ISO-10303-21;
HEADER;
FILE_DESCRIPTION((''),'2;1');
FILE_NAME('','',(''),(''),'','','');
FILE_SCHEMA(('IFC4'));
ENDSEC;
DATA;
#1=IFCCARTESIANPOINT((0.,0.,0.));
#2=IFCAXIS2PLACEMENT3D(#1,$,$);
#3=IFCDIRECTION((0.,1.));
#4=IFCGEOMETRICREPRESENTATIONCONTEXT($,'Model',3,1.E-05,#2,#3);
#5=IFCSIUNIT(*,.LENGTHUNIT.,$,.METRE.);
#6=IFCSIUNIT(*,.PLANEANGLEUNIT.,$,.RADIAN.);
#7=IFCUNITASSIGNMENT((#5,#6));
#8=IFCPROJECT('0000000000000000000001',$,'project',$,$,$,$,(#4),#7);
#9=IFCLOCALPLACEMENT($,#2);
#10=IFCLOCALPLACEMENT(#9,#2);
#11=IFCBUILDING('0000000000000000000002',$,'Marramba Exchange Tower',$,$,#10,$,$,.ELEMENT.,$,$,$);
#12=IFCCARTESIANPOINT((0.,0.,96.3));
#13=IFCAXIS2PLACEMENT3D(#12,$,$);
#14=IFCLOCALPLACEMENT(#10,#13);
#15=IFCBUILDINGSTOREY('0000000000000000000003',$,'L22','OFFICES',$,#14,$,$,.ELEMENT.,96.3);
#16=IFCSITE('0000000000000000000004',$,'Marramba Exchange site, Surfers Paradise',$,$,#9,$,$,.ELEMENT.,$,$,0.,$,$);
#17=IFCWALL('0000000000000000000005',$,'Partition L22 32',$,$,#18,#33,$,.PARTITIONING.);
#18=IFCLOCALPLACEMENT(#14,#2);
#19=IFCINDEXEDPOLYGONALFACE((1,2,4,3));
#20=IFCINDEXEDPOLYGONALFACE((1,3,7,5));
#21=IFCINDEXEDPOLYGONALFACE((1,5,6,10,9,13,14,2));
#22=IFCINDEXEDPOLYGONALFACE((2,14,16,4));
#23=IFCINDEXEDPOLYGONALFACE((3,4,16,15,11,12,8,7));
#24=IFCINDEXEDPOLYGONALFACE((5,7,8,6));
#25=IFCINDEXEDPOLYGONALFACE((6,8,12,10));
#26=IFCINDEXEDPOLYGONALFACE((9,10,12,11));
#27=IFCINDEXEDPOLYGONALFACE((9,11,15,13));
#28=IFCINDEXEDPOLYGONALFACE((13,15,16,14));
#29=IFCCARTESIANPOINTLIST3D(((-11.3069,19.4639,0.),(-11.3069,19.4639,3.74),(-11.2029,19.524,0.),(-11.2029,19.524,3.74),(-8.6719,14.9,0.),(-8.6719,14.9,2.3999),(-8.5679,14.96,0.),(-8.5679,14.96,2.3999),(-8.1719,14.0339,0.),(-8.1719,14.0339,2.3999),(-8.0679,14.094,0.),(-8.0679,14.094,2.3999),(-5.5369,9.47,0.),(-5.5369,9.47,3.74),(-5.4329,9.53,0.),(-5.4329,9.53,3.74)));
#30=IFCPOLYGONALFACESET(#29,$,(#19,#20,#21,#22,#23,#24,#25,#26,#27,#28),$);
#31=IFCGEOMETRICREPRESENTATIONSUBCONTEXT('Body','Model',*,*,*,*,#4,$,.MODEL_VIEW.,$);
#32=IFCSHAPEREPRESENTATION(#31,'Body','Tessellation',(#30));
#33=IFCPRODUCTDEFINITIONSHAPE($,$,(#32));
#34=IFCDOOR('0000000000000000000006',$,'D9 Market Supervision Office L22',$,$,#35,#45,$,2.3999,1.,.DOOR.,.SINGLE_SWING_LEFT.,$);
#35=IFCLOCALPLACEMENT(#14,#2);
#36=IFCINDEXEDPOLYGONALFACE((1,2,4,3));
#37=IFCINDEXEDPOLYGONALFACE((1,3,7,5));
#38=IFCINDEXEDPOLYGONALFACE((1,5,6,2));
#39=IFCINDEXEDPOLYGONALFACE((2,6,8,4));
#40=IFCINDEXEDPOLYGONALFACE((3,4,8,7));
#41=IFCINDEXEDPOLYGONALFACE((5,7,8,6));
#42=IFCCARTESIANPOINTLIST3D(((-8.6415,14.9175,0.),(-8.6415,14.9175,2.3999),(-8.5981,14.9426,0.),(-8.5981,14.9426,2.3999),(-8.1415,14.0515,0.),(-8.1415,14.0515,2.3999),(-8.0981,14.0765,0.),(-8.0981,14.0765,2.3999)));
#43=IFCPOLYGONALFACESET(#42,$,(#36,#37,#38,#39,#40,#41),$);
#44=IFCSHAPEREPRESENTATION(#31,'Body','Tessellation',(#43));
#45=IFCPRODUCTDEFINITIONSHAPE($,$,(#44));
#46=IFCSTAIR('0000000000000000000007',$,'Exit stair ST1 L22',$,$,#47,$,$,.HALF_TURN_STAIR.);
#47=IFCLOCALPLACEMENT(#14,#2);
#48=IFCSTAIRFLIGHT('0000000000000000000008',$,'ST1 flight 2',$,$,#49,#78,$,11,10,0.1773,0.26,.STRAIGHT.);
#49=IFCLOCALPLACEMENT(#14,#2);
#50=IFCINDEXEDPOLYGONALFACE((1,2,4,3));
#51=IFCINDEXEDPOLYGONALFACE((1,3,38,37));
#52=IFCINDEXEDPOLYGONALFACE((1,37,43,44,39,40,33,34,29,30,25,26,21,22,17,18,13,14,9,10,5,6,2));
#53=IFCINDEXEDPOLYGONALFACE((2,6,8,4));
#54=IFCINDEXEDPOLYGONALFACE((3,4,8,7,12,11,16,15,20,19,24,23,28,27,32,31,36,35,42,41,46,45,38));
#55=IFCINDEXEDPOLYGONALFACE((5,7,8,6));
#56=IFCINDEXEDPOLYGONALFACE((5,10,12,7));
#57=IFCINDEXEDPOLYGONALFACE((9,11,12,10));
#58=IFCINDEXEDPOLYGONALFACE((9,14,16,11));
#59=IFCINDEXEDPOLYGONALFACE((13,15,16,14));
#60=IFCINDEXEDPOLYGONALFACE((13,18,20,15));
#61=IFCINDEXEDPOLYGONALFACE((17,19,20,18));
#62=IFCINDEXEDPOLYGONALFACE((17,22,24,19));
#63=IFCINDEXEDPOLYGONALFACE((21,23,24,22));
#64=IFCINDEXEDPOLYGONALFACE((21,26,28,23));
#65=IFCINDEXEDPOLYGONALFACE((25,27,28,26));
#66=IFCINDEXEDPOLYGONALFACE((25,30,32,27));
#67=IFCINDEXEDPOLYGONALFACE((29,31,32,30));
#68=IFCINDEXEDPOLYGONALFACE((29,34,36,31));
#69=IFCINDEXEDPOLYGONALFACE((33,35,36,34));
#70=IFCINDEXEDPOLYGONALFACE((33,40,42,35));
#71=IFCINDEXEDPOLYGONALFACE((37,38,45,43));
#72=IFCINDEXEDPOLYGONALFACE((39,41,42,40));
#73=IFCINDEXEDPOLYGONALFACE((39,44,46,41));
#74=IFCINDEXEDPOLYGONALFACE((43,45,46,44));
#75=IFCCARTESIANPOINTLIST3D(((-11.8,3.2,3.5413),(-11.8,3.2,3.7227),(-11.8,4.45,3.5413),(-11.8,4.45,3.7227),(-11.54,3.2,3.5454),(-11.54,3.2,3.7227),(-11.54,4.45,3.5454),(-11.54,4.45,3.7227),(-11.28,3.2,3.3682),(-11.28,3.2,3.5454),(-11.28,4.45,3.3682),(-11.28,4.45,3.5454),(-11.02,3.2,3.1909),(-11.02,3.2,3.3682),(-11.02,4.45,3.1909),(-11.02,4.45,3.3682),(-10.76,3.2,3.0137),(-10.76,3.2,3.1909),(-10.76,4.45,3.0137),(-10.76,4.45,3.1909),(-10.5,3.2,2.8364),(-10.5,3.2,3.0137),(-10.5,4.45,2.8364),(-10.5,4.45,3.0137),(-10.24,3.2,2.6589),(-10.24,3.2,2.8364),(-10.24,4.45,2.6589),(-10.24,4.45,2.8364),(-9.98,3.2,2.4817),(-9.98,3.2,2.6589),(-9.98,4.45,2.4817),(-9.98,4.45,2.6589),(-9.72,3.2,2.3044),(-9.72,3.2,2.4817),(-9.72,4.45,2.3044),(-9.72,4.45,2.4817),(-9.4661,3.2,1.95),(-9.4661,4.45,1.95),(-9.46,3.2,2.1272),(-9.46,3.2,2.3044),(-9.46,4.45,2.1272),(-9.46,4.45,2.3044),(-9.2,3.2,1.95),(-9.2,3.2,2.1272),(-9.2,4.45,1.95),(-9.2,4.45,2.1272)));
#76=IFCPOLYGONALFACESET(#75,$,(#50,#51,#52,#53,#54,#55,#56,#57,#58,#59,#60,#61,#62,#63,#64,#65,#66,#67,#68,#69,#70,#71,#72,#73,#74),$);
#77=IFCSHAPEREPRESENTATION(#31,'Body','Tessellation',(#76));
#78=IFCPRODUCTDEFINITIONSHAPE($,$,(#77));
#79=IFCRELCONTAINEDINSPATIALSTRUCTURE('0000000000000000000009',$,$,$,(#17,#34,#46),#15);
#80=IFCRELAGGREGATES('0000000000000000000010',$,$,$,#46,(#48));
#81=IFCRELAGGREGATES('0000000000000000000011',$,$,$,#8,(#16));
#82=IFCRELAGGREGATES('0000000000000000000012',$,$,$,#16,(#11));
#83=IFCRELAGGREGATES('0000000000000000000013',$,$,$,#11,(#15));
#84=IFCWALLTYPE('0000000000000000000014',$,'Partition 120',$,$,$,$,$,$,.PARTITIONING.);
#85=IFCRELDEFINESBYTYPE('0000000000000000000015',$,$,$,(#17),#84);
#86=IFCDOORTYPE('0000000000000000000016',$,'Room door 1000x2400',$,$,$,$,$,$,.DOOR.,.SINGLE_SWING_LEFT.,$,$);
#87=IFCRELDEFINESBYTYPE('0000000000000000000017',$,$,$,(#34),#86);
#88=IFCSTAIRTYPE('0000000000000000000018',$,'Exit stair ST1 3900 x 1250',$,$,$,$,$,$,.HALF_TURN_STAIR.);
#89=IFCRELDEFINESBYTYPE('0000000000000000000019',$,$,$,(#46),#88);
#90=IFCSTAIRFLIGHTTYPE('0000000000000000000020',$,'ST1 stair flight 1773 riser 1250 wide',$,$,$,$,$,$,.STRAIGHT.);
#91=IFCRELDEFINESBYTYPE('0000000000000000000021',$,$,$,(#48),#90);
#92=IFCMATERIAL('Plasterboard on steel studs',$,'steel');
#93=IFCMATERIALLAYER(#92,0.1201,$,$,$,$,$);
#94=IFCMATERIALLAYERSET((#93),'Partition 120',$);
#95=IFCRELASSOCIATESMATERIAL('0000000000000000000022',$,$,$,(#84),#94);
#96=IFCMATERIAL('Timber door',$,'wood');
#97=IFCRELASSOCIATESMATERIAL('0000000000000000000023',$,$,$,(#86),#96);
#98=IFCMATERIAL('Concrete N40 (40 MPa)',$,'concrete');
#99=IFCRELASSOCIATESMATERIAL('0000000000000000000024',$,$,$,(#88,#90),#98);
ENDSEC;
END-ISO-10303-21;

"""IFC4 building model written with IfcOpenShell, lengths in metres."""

from ifc_helpers import new_model, si_unit, direction, frame, frame_2d, origin, place, context, subcontext, project, spatial, polyline, rectangle, outline, extrude, material, layer, layer_set, type_object, element, fill, aggregate, save


model = new_model("IFC4")

# Units and contexts
model_context = context("Model", 3, precision=1e-05, world=origin(), true_north=direction((0.0, 1.0)))
body_context = subcontext(model_context, "Body", "Model", "MODEL_VIEW")
ifc_project = project(units=[si_unit("LENGTHUNIT", "METRE"), si_unit("PLANEANGLEUNIT", "RADIAN")], contexts=[model_context])

# Site, building, storey
site_placement = place(None, origin())
site = spatial("IfcSite", under=ifc_project, at=site_placement, Name="Marramba Exchange site, Surfers Paradise", CompositionType="ELEMENT", RefElevation=0.0)
building_placement = place(site_placement, origin())
building = spatial("IfcBuilding", under=site, at=building_placement, Name="Marramba Exchange Tower", CompositionType="ELEMENT")
storey_placement = place(building_placement, frame((0.0, 0.0, 96.3)))
storey = spatial("IfcBuildingStorey", under=building, at=storey_placement, Name="L22", Description="OFFICES", CompositionType="ELEMENT", Elevation=96.3)

# Shared definitions
ifc_material_1 = material(Name="Timber door", Category="wood")

# Wall, opening, door
ifc_material_2 = material(Name="Plasterboard on steel studs", Category="steel")
ifc_layer_1 = layer(ifc_material_2, 0.1201)
ifc_layer_set_1 = layer_set([ifc_layer_1], Name="Partition 120")
wall_type_1 = type_object("IfcWallType", Name="Partition 120", PredefinedType="PARTITIONING", material=ifc_layer_set_1)
wall_1_placement = place(storey_placement, frame((-5.4849, 9.5, 0.0), z_axis=(0.0, 0.0, 1.0), x_axis=(-0.500003, 0.866024, 0.0)))
wall_1 = element("IfcWall", 1, at=wall_1_placement, inside=storey, type_object=wall_type_1, Name="Partition L22 32", PredefinedType="PARTITIONING", context=body_context, shape_type="SweptSolid", body=[
    extrude(rectangle(XDim=11.54, YDim=0.1201, at=frame_2d((5.77, 0.0))), origin(), (0.0, 0.0, 1.0), 3.74),
])
opening_1_placement = place(wall_1_placement, frame((5.27, 0.0, 0.0)))
opening_1 = element("IfcOpeningElement", 2, at=opening_1_placement, cuts=wall_1, PredefinedType="OPENING", context=body_context, shape_type="SweptSolid", body=[
    extrude(rectangle(XDim=1.0, YDim=2.3999, at=frame_2d((0.5, 1.2))), frame((0.0, 0.0701, 0.0), z_axis=(0.0, -1.0, 0.0), x_axis=(1.0, 0.0, 0.0)), (0.0, 0.0, 1.0), 0.1401),
])
door_type_1 = type_object("IfcDoorType", Name="Room door 1000x2400", OperationType="SINGLE_SWING_LEFT", PredefinedType="DOOR", material=ifc_material_1)
door_1_placement = place(opening_1_placement, origin())
door_1 = element("IfcDoor", 3, at=door_1_placement, inside=storey, type_object=door_type_1, Name="D9 Market Supervision Office L22", OperationType="SINGLE_SWING_LEFT", OverallHeight=2.3999, OverallWidth=1.0, PredefinedType="DOOR", context=body_context, shape_type="SweptSolid", body=[
    extrude(rectangle(XDim=1.0, YDim=2.3999, at=frame_2d((0.5, 1.2))), frame((0.0, 0.0249, 0.0), z_axis=(0.0, -1.0, 0.0), x_axis=(1.0, 0.0, 0.0)), (0.0, 0.0, 1.0), 0.05),
])
fill(opening_1, door_1)

# Stair, stair flight
ifc_material_3 = material(Name="Concrete N40 (40 MPa)", Category="concrete")
stair_type = type_object("IfcStairType", Name="Exit stair ST1 3900 x 1250", PredefinedType="HALF_TURN_STAIR", material=ifc_material_3)
stair_placement = place(storey_placement, origin())
stair = element("IfcStair", 4, at=stair_placement, inside=storey, type_object=stair_type, Name="Exit stair ST1 L22", PredefinedType="HALF_TURN_STAIR")
stair_flight_type = type_object("IfcStairFlightType", Name="ST1 stair flight 1773 riser 1250 wide", PredefinedType="STRAIGHT", material=ifc_material_3)
stair_flight_placement = place(storey_placement, frame((-9.2, 3.825, 1.95), z_axis=(0.0, 0.0, 1.0), x_axis=(-1.0, 0.0, 0.0)))
stair_flight = element("IfcStairFlight", 5, at=stair_flight_placement, type_object=stair_flight_type, Name="ST1 flight 2", NumberOfRisers=11, NumberOfTreads=10, PredefinedType="STRAIGHT", RiserHeight=0.1773, TreadLength=0.26, context=body_context, shape_type="SweptSolid", body=[
    extrude(outline(polyline([(0.0, 0.0), (0.0, 0.1772), (0.26, 0.1772), (0.26, 0.3545), (0.52, 0.3545), (0.52, 0.5317), (0.78, 0.5317), (0.78, 0.709), (1.04, 0.709), (1.04, 0.8865), (1.3, 0.8865), (1.3, 1.0637), (1.5601, 1.0637), (1.5601, 1.241), (1.8201, 1.241), (1.8201, 1.4182), (2.0801, 1.4182), (2.0801, 1.5955), (2.3401, 1.5955), (2.3401, 1.7727), (2.6001, 1.7727), (2.6001, 1.95), (2.6001, 1.5913), (0.2661, 0.0), (0.0, 0.0)])), frame((0.0, 0.625, 0.0), z_axis=(0.0, -1.0, 0.0), x_axis=(1.0, 0.0, 0.0)), (0.0, 0.0, 1.0), 1.25),
])
aggregate(stair, [stair_flight])

save(model, "model.ifc")
